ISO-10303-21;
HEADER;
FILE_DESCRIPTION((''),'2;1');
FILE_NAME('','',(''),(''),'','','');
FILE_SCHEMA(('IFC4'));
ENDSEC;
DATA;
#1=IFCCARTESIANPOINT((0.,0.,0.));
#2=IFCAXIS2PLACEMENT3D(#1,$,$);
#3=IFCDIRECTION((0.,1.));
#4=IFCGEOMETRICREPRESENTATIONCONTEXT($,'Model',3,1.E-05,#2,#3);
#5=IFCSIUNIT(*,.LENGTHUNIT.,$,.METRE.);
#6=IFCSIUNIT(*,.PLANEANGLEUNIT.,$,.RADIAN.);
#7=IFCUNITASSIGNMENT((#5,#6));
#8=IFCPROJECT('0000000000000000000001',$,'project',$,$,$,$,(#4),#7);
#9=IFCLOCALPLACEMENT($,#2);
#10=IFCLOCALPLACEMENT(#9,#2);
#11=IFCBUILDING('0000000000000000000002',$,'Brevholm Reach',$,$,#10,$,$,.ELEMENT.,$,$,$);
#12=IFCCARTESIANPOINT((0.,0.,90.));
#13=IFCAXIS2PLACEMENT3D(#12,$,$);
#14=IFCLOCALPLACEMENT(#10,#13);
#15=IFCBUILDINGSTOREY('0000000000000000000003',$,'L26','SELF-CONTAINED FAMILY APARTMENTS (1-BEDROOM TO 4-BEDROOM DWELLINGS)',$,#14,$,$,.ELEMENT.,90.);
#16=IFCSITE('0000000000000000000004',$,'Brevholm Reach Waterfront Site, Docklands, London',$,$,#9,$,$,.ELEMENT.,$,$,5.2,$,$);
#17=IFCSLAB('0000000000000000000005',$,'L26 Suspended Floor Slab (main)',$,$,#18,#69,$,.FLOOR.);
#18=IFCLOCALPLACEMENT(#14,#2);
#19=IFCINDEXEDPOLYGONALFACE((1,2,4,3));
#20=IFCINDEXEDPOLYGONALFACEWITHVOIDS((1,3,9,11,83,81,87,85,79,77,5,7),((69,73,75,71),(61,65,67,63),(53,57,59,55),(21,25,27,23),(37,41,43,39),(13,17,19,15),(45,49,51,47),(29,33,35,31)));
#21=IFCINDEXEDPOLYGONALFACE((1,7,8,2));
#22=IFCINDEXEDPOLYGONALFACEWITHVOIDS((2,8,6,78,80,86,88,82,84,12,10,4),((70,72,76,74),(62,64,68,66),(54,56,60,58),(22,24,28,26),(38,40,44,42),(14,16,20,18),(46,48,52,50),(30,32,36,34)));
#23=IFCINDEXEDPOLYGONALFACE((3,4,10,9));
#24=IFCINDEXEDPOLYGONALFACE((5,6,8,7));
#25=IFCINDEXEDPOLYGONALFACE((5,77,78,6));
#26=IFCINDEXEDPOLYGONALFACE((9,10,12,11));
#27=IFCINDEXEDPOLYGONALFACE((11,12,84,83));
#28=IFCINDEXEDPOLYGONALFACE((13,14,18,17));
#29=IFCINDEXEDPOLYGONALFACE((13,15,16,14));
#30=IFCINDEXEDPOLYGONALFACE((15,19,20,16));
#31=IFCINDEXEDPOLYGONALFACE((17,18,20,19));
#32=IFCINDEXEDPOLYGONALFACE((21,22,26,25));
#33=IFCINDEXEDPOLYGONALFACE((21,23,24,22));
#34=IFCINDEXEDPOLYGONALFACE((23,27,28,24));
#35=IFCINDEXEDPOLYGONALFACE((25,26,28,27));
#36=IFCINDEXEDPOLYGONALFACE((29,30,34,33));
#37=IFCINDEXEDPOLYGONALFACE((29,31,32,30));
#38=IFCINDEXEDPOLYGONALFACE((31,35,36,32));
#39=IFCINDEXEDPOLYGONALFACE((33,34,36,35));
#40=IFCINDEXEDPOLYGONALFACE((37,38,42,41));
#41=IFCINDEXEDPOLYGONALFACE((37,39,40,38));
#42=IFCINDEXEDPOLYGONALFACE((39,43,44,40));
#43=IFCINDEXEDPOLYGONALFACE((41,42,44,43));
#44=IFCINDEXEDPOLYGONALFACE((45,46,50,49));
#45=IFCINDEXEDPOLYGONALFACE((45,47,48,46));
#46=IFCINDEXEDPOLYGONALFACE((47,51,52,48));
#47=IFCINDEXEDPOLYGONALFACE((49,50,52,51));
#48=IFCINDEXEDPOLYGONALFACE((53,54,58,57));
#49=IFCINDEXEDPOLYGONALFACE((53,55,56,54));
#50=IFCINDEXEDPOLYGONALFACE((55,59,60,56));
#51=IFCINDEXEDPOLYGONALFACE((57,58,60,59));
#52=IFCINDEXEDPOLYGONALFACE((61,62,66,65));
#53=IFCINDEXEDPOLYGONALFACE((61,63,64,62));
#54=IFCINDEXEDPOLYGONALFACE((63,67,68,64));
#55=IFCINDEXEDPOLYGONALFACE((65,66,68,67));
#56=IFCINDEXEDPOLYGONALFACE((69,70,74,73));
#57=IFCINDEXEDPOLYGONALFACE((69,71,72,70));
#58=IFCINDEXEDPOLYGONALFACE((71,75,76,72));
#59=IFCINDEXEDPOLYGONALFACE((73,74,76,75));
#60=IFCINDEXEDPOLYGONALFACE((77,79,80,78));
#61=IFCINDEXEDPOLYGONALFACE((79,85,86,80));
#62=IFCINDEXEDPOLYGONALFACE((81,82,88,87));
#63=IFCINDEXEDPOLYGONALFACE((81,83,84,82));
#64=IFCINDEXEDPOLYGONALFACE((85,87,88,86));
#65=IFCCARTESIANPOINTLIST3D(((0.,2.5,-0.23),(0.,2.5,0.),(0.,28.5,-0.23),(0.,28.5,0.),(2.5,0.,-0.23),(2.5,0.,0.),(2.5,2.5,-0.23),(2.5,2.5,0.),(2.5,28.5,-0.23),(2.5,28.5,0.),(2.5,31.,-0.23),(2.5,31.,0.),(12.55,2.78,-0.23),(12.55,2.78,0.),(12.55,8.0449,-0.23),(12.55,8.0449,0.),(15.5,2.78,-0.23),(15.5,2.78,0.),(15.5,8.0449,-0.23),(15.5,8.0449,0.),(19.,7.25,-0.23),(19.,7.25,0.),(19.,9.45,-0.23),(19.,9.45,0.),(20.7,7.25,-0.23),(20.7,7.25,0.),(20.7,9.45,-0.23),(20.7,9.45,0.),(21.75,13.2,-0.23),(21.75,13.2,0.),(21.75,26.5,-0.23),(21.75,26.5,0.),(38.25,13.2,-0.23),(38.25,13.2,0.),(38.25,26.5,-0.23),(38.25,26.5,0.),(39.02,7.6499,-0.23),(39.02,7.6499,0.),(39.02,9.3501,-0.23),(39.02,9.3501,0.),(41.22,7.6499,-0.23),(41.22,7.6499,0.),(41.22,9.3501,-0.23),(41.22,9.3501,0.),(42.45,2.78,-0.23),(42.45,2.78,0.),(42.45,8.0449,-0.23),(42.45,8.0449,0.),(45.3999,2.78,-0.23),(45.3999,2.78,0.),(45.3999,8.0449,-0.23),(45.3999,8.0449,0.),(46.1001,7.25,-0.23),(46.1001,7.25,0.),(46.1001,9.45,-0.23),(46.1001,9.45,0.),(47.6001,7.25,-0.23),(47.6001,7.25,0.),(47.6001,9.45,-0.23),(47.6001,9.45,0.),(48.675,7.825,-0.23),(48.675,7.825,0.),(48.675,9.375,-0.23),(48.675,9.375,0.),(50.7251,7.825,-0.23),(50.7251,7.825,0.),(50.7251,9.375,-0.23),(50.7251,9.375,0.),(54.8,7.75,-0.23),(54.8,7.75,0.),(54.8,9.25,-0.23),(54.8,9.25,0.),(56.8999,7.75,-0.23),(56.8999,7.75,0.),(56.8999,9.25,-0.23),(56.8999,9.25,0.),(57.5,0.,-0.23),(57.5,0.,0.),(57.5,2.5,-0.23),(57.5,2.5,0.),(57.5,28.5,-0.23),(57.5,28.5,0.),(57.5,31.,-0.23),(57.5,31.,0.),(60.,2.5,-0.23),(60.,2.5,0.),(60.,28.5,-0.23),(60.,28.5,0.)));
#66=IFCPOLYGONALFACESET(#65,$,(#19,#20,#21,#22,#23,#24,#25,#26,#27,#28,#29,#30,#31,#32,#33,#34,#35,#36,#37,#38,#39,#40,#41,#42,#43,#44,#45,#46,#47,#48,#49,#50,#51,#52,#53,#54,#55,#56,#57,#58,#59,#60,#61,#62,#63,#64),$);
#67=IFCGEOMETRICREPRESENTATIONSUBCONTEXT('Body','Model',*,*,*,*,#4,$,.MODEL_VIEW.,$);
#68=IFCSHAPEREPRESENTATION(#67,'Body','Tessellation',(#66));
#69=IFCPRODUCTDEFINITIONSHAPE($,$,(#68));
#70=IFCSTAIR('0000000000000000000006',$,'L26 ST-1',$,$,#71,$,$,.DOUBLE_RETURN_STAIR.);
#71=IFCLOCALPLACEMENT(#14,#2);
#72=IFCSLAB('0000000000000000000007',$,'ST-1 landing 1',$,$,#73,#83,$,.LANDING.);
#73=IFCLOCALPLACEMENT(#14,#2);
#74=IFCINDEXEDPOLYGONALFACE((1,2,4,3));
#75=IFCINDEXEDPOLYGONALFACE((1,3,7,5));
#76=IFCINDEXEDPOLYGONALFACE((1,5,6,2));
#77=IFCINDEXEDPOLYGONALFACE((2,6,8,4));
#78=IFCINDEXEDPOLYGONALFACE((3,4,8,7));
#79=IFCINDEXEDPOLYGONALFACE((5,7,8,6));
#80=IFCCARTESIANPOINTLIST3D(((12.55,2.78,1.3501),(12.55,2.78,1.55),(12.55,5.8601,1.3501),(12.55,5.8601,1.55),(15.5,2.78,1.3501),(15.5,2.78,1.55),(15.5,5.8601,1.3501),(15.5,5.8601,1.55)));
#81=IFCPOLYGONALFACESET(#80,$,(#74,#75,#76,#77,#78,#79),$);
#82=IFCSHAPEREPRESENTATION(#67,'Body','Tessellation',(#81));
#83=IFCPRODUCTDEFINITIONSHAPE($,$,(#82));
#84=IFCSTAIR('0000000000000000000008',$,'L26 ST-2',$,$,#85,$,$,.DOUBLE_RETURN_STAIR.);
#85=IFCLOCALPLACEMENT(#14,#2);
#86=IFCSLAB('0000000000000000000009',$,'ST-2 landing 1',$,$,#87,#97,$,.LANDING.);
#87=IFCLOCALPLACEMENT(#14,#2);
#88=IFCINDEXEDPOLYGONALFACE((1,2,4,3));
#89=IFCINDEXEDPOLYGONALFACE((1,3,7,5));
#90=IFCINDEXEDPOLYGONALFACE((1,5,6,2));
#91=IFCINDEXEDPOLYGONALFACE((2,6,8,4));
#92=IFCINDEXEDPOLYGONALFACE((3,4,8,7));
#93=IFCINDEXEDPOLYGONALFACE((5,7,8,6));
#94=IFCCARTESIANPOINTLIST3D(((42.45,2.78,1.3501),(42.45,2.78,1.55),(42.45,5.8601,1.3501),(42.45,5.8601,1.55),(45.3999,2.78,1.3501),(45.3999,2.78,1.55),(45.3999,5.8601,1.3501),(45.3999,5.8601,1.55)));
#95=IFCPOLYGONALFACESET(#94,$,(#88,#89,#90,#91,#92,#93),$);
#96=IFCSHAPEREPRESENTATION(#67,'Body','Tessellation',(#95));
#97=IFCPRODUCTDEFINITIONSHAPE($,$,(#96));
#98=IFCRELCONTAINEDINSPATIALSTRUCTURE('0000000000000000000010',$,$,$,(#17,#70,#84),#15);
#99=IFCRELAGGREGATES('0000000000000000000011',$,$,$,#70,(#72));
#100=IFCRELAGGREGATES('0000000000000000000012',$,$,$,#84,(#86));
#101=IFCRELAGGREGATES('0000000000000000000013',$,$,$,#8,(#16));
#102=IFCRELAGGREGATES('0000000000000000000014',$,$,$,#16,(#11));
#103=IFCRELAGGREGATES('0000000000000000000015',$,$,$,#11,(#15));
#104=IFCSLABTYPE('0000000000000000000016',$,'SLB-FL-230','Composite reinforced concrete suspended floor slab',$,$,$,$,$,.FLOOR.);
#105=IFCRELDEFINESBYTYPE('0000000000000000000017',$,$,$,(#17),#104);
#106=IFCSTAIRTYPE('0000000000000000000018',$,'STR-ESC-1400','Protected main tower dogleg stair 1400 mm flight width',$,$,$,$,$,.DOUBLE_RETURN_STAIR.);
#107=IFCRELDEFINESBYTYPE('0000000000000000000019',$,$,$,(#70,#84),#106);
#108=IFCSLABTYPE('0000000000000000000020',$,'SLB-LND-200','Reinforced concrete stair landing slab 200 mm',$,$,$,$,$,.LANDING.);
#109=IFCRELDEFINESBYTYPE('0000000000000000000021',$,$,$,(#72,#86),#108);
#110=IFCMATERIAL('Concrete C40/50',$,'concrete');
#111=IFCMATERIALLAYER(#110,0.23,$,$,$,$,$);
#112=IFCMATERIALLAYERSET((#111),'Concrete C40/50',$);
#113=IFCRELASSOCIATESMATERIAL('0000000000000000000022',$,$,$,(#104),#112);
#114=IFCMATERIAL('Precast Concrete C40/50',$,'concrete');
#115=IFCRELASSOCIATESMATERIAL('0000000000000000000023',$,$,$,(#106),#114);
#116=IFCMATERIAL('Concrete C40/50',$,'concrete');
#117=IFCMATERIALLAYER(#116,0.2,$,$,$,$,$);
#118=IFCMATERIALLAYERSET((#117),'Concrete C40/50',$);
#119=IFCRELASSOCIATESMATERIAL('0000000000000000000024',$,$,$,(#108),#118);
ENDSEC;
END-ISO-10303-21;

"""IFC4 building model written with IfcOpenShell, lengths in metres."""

from ifc_helpers import new_model, si_unit, direction, frame, origin, place, context, subcontext, project, spatial, polyline, outline, extrude, material, layer, layer_set, type_object, element, aggregate, save


model = new_model("IFC4")

# Units and contexts
model_context = context("Model", 3, precision=1e-05, world=origin(), true_north=direction((0.0, 1.0)))
body_context = subcontext(model_context, "Body", "Model", "MODEL_VIEW")
ifc_project = project(units=[si_unit("LENGTHUNIT", "METRE"), si_unit("PLANEANGLEUNIT", "RADIAN")], contexts=[model_context])

# Site, building, storey
site_placement = place(None, origin())
site = spatial("IfcSite", under=ifc_project, at=site_placement, Name="Brevholm Reach Waterfront Site, Docklands, London", CompositionType="ELEMENT", RefElevation=5.2)
building_placement = place(site_placement, origin())
building = spatial("IfcBuilding", under=site, at=building_placement, Name="Brevholm Reach", CompositionType="ELEMENT")
storey_placement = place(building_placement, frame((0.0, 0.0, 90.0)))
storey = spatial("IfcBuildingStorey", under=building, at=storey_placement, Name="L26", Description="SELF-CONTAINED FAMILY APARTMENTS (1-BEDROOM TO 4-BEDROOM DWELLINGS)", CompositionType="ELEMENT", Elevation=90.0)

# Slab
ifc_material_1 = material(Name="Concrete C40/50", Category="concrete")
ifc_layer_1 = layer(ifc_material_1, 0.23)
ifc_layer_set_1 = layer_set([ifc_layer_1], Name="Concrete C40/50")
slab_type_1 = type_object("IfcSlabType", Name="SLB-FL-230", Description="Composite reinforced concrete suspended floor slab", PredefinedType="FLOOR", material=ifc_layer_set_1)
slab_1_placement = place(storey_placement, frame((0.0, 0.0, -0.23)))
element("IfcSlab", 1, at=slab_1_placement, inside=storey, type_object=slab_type_1, Name="L26 Suspended Floor Slab (main)", PredefinedType="FLOOR", context=body_context, shape_type="SweptSolid", body=[
    extrude(outline(polyline([(2.5, 0.0), (57.5, 0.0), (57.5, 2.5), (60.0, 2.5), (60.0, 28.5), (57.5, 28.5), (57.5, 31.0), (2.5, 31.0), (2.5, 28.5), (0.0, 28.5), (0.0, 2.5), (2.5, 2.5), (2.5, 0.0)]), holes=[polyline([(21.75, 13.2), (38.25, 13.2), (38.25, 26.5), (21.75, 26.5), (21.75, 13.2)]), polyline([(12.55, 2.78), (15.5, 2.78), (15.5, 8.0449), (12.55, 8.0449), (12.55, 2.78)]), polyline([(42.45, 2.78), (45.3999, 2.78), (45.3999, 8.0449), (42.45, 8.0449), (42.45, 2.78)]), polyline([(19.0, 7.25), (20.7, 7.25), (20.7, 9.45), (19.0, 9.45), (19.0, 7.25)]), polyline([(46.1001, 7.25), (47.6001, 7.25), (47.6001, 9.45), (46.1001, 9.45), (46.1001, 7.25)]), polyline([(48.675, 7.825), (50.7251, 7.825), (50.7251, 9.375), (48.675, 9.375), (48.675, 7.825)]), polyline([(54.8, 7.75), (56.8999, 7.75), (56.8999, 9.25), (54.8, 9.25), (54.8, 7.75)]), polyline([(39.02, 7.6499), (41.22, 7.6499), (41.22, 9.3501), (39.02, 9.3501), (39.02, 7.6499)])]), origin(), (0.0, 0.0, 1.0), 0.23),
])

# Stairs, slabs
ifc_material_2 = material(Name="Precast Concrete C40/50", Category="concrete")
stair_type = type_object("IfcStairType", Name="STR-ESC-1400", Description="Protected main tower dogleg stair 1400 mm flight width", PredefinedType="DOUBLE_RETURN_STAIR", material=ifc_material_2)
stair_1_placement = place(storey_placement, origin())
stair_1 = element("IfcStair", 2, at=stair_1_placement, inside=storey, type_object=stair_type, Name="L26 ST-1", PredefinedType="DOUBLE_RETURN_STAIR")
ifc_material_3 = material(Name="Concrete C40/50", Category="concrete")
ifc_layer_2 = layer(ifc_material_3, 0.2)
ifc_layer_set_2 = layer_set([ifc_layer_2], Name="Concrete C40/50")
slab_type_2 = type_object("IfcSlabType", Name="SLB-LND-200", Description="Reinforced concrete stair landing slab 200 mm", PredefinedType="LANDING", material=ifc_layer_set_2)
slab_2_placement = place(storey_placement, frame((0.0, 0.0, 1.3501)))
slab_2 = element("IfcSlab", 3, at=slab_2_placement, type_object=slab_type_2, Name="ST-1 landing 1", PredefinedType="LANDING", context=body_context, shape_type="SweptSolid", body=[
    extrude(outline(polyline([(12.55, 5.8601), (12.55, 2.78), (15.5, 2.78), (15.5, 5.8601), (12.55, 5.8601)])), origin(), (0.0, 0.0, 1.0), 0.2),
])
aggregate(stair_1, [slab_2])
stair_2_placement = place(storey_placement, origin())
stair_2 = element("IfcStair", 4, at=stair_2_placement, inside=storey, type_object=stair_type, Name="L26 ST-2", PredefinedType="DOUBLE_RETURN_STAIR")
slab_3_placement = place(storey_placement, frame((0.0, 0.0, 1.3501)))
slab_3 = element("IfcSlab", 5, at=slab_3_placement, type_object=slab_type_2, Name="ST-2 landing 1", PredefinedType="LANDING", context=body_context, shape_type="SweptSolid", body=[
    extrude(outline(polyline([(42.45, 5.8601), (42.45, 2.78), (45.3999, 2.78), (45.3999, 5.8601), (42.45, 5.8601)])), origin(), (0.0, 0.0, 1.0), 0.2),
])
aggregate(stair_2, [slab_3])

save(model, "model.ifc")
